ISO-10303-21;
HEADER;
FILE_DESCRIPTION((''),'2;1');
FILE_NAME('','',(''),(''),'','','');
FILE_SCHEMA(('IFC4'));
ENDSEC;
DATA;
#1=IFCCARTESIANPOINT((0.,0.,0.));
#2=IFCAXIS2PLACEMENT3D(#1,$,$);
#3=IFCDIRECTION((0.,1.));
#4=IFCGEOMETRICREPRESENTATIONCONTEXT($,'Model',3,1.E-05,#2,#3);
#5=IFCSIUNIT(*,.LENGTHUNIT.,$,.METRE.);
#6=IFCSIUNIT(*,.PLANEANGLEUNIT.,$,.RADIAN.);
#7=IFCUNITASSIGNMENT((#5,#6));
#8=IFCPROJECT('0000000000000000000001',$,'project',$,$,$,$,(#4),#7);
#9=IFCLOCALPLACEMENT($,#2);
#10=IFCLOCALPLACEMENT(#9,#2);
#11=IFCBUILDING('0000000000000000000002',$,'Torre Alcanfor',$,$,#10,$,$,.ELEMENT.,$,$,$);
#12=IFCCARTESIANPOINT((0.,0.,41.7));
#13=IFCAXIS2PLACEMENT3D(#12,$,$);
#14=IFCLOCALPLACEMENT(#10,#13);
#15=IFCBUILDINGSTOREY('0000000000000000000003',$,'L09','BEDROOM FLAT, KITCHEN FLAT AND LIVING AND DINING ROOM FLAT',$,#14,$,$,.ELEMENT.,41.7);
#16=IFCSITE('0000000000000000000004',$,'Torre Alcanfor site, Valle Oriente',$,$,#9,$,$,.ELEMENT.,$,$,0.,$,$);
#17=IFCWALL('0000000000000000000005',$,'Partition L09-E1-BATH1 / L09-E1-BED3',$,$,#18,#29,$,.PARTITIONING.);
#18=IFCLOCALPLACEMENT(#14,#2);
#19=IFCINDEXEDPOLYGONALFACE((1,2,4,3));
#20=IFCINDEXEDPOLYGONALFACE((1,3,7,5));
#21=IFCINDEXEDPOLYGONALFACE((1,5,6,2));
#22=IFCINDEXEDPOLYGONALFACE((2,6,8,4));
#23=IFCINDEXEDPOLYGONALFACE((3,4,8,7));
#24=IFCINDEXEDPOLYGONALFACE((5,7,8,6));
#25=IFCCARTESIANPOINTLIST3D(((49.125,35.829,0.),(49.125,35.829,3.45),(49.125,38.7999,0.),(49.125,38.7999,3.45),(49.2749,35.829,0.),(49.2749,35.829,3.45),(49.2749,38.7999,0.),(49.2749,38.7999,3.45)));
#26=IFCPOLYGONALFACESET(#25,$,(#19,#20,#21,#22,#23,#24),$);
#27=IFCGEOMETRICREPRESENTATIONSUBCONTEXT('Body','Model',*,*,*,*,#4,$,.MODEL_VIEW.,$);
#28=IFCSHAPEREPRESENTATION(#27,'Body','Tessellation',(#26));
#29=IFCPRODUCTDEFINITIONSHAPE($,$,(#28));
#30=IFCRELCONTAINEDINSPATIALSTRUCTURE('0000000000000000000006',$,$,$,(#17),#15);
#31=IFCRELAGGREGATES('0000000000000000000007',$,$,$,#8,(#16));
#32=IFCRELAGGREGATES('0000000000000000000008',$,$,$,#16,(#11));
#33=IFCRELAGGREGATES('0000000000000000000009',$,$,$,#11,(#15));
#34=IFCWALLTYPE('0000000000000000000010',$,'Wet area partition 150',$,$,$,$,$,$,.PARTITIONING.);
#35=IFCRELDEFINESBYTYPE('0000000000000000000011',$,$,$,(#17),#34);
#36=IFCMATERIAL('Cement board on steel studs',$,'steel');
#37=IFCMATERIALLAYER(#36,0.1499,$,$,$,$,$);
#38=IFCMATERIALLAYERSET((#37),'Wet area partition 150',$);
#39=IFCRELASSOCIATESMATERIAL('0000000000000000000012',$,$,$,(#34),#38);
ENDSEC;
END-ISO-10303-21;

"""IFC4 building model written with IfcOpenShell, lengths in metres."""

from ifc_helpers import new_model, si_unit, direction, frame, frame_2d, origin, place, context, subcontext, project, spatial, rectangle, extrude, material, layer, layer_set, type_object, element, save


model = new_model("IFC4")

# Units and contexts
model_context = context("Model", 3, precision=1e-05, world=origin(), true_north=direction((0.0, 1.0)))
body_context = subcontext(model_context, "Body", "Model", "MODEL_VIEW")
ifc_project = project(units=[si_unit("LENGTHUNIT", "METRE"), si_unit("PLANEANGLEUNIT", "RADIAN")], contexts=[model_context])

# Site, building, storey
site_placement = place(None, origin())
site = spatial("IfcSite", under=ifc_project, at=site_placement, Name="Torre Alcanfor site, Valle Oriente", CompositionType="ELEMENT", RefElevation=0.0)
building_placement = place(site_placement, origin())
building = spatial("IfcBuilding", under=site, at=building_placement, Name="Torre Alcanfor", CompositionType="ELEMENT")
storey_placement = place(building_placement, frame((0.0, 0.0, 41.7)))
storey = spatial("IfcBuildingStorey", under=building, at=storey_placement, Name="L09", Description="BEDROOM FLAT, KITCHEN FLAT AND LIVING AND DINING ROOM FLAT", CompositionType="ELEMENT", Elevation=41.7)

# Shared definitions
ifc_material_1 = material(Name="Cement board on steel studs", Category="steel")
ifc_layer_1 = layer(ifc_material_1, 0.1499)
ifc_layer_set_1 = layer_set([ifc_layer_1], Name="Wet area partition 150")
wall_type_1 = type_object("IfcWallType", Name="Wet area partition 150", PredefinedType="PARTITIONING", material=ifc_layer_set_1)

# Wall
for number, where, z_axis, x_axis, name in (
    (1, (49.2, 35.8291, 0.0), (0.0, 0.0, 1.0), (0.0, 1.0, 0.0), "Partition L09-E1-BATH1 / L09-E1-BED3"),
):
    element("IfcWall", number, at=place(storey_placement, frame(where, z_axis=z_axis, x_axis=x_axis)), inside=storey, type_object=wall_type_1, Name=name, PredefinedType="PARTITIONING", context=body_context, shape_type="SweptSolid", body=[
        extrude(rectangle(XDim=2.9709, YDim=0.1499, at=frame_2d((1.4854, 0.0))), origin(), (0.0, 0.0, 1.0), 3.45),
    ])

save(model, "model.ifc")
